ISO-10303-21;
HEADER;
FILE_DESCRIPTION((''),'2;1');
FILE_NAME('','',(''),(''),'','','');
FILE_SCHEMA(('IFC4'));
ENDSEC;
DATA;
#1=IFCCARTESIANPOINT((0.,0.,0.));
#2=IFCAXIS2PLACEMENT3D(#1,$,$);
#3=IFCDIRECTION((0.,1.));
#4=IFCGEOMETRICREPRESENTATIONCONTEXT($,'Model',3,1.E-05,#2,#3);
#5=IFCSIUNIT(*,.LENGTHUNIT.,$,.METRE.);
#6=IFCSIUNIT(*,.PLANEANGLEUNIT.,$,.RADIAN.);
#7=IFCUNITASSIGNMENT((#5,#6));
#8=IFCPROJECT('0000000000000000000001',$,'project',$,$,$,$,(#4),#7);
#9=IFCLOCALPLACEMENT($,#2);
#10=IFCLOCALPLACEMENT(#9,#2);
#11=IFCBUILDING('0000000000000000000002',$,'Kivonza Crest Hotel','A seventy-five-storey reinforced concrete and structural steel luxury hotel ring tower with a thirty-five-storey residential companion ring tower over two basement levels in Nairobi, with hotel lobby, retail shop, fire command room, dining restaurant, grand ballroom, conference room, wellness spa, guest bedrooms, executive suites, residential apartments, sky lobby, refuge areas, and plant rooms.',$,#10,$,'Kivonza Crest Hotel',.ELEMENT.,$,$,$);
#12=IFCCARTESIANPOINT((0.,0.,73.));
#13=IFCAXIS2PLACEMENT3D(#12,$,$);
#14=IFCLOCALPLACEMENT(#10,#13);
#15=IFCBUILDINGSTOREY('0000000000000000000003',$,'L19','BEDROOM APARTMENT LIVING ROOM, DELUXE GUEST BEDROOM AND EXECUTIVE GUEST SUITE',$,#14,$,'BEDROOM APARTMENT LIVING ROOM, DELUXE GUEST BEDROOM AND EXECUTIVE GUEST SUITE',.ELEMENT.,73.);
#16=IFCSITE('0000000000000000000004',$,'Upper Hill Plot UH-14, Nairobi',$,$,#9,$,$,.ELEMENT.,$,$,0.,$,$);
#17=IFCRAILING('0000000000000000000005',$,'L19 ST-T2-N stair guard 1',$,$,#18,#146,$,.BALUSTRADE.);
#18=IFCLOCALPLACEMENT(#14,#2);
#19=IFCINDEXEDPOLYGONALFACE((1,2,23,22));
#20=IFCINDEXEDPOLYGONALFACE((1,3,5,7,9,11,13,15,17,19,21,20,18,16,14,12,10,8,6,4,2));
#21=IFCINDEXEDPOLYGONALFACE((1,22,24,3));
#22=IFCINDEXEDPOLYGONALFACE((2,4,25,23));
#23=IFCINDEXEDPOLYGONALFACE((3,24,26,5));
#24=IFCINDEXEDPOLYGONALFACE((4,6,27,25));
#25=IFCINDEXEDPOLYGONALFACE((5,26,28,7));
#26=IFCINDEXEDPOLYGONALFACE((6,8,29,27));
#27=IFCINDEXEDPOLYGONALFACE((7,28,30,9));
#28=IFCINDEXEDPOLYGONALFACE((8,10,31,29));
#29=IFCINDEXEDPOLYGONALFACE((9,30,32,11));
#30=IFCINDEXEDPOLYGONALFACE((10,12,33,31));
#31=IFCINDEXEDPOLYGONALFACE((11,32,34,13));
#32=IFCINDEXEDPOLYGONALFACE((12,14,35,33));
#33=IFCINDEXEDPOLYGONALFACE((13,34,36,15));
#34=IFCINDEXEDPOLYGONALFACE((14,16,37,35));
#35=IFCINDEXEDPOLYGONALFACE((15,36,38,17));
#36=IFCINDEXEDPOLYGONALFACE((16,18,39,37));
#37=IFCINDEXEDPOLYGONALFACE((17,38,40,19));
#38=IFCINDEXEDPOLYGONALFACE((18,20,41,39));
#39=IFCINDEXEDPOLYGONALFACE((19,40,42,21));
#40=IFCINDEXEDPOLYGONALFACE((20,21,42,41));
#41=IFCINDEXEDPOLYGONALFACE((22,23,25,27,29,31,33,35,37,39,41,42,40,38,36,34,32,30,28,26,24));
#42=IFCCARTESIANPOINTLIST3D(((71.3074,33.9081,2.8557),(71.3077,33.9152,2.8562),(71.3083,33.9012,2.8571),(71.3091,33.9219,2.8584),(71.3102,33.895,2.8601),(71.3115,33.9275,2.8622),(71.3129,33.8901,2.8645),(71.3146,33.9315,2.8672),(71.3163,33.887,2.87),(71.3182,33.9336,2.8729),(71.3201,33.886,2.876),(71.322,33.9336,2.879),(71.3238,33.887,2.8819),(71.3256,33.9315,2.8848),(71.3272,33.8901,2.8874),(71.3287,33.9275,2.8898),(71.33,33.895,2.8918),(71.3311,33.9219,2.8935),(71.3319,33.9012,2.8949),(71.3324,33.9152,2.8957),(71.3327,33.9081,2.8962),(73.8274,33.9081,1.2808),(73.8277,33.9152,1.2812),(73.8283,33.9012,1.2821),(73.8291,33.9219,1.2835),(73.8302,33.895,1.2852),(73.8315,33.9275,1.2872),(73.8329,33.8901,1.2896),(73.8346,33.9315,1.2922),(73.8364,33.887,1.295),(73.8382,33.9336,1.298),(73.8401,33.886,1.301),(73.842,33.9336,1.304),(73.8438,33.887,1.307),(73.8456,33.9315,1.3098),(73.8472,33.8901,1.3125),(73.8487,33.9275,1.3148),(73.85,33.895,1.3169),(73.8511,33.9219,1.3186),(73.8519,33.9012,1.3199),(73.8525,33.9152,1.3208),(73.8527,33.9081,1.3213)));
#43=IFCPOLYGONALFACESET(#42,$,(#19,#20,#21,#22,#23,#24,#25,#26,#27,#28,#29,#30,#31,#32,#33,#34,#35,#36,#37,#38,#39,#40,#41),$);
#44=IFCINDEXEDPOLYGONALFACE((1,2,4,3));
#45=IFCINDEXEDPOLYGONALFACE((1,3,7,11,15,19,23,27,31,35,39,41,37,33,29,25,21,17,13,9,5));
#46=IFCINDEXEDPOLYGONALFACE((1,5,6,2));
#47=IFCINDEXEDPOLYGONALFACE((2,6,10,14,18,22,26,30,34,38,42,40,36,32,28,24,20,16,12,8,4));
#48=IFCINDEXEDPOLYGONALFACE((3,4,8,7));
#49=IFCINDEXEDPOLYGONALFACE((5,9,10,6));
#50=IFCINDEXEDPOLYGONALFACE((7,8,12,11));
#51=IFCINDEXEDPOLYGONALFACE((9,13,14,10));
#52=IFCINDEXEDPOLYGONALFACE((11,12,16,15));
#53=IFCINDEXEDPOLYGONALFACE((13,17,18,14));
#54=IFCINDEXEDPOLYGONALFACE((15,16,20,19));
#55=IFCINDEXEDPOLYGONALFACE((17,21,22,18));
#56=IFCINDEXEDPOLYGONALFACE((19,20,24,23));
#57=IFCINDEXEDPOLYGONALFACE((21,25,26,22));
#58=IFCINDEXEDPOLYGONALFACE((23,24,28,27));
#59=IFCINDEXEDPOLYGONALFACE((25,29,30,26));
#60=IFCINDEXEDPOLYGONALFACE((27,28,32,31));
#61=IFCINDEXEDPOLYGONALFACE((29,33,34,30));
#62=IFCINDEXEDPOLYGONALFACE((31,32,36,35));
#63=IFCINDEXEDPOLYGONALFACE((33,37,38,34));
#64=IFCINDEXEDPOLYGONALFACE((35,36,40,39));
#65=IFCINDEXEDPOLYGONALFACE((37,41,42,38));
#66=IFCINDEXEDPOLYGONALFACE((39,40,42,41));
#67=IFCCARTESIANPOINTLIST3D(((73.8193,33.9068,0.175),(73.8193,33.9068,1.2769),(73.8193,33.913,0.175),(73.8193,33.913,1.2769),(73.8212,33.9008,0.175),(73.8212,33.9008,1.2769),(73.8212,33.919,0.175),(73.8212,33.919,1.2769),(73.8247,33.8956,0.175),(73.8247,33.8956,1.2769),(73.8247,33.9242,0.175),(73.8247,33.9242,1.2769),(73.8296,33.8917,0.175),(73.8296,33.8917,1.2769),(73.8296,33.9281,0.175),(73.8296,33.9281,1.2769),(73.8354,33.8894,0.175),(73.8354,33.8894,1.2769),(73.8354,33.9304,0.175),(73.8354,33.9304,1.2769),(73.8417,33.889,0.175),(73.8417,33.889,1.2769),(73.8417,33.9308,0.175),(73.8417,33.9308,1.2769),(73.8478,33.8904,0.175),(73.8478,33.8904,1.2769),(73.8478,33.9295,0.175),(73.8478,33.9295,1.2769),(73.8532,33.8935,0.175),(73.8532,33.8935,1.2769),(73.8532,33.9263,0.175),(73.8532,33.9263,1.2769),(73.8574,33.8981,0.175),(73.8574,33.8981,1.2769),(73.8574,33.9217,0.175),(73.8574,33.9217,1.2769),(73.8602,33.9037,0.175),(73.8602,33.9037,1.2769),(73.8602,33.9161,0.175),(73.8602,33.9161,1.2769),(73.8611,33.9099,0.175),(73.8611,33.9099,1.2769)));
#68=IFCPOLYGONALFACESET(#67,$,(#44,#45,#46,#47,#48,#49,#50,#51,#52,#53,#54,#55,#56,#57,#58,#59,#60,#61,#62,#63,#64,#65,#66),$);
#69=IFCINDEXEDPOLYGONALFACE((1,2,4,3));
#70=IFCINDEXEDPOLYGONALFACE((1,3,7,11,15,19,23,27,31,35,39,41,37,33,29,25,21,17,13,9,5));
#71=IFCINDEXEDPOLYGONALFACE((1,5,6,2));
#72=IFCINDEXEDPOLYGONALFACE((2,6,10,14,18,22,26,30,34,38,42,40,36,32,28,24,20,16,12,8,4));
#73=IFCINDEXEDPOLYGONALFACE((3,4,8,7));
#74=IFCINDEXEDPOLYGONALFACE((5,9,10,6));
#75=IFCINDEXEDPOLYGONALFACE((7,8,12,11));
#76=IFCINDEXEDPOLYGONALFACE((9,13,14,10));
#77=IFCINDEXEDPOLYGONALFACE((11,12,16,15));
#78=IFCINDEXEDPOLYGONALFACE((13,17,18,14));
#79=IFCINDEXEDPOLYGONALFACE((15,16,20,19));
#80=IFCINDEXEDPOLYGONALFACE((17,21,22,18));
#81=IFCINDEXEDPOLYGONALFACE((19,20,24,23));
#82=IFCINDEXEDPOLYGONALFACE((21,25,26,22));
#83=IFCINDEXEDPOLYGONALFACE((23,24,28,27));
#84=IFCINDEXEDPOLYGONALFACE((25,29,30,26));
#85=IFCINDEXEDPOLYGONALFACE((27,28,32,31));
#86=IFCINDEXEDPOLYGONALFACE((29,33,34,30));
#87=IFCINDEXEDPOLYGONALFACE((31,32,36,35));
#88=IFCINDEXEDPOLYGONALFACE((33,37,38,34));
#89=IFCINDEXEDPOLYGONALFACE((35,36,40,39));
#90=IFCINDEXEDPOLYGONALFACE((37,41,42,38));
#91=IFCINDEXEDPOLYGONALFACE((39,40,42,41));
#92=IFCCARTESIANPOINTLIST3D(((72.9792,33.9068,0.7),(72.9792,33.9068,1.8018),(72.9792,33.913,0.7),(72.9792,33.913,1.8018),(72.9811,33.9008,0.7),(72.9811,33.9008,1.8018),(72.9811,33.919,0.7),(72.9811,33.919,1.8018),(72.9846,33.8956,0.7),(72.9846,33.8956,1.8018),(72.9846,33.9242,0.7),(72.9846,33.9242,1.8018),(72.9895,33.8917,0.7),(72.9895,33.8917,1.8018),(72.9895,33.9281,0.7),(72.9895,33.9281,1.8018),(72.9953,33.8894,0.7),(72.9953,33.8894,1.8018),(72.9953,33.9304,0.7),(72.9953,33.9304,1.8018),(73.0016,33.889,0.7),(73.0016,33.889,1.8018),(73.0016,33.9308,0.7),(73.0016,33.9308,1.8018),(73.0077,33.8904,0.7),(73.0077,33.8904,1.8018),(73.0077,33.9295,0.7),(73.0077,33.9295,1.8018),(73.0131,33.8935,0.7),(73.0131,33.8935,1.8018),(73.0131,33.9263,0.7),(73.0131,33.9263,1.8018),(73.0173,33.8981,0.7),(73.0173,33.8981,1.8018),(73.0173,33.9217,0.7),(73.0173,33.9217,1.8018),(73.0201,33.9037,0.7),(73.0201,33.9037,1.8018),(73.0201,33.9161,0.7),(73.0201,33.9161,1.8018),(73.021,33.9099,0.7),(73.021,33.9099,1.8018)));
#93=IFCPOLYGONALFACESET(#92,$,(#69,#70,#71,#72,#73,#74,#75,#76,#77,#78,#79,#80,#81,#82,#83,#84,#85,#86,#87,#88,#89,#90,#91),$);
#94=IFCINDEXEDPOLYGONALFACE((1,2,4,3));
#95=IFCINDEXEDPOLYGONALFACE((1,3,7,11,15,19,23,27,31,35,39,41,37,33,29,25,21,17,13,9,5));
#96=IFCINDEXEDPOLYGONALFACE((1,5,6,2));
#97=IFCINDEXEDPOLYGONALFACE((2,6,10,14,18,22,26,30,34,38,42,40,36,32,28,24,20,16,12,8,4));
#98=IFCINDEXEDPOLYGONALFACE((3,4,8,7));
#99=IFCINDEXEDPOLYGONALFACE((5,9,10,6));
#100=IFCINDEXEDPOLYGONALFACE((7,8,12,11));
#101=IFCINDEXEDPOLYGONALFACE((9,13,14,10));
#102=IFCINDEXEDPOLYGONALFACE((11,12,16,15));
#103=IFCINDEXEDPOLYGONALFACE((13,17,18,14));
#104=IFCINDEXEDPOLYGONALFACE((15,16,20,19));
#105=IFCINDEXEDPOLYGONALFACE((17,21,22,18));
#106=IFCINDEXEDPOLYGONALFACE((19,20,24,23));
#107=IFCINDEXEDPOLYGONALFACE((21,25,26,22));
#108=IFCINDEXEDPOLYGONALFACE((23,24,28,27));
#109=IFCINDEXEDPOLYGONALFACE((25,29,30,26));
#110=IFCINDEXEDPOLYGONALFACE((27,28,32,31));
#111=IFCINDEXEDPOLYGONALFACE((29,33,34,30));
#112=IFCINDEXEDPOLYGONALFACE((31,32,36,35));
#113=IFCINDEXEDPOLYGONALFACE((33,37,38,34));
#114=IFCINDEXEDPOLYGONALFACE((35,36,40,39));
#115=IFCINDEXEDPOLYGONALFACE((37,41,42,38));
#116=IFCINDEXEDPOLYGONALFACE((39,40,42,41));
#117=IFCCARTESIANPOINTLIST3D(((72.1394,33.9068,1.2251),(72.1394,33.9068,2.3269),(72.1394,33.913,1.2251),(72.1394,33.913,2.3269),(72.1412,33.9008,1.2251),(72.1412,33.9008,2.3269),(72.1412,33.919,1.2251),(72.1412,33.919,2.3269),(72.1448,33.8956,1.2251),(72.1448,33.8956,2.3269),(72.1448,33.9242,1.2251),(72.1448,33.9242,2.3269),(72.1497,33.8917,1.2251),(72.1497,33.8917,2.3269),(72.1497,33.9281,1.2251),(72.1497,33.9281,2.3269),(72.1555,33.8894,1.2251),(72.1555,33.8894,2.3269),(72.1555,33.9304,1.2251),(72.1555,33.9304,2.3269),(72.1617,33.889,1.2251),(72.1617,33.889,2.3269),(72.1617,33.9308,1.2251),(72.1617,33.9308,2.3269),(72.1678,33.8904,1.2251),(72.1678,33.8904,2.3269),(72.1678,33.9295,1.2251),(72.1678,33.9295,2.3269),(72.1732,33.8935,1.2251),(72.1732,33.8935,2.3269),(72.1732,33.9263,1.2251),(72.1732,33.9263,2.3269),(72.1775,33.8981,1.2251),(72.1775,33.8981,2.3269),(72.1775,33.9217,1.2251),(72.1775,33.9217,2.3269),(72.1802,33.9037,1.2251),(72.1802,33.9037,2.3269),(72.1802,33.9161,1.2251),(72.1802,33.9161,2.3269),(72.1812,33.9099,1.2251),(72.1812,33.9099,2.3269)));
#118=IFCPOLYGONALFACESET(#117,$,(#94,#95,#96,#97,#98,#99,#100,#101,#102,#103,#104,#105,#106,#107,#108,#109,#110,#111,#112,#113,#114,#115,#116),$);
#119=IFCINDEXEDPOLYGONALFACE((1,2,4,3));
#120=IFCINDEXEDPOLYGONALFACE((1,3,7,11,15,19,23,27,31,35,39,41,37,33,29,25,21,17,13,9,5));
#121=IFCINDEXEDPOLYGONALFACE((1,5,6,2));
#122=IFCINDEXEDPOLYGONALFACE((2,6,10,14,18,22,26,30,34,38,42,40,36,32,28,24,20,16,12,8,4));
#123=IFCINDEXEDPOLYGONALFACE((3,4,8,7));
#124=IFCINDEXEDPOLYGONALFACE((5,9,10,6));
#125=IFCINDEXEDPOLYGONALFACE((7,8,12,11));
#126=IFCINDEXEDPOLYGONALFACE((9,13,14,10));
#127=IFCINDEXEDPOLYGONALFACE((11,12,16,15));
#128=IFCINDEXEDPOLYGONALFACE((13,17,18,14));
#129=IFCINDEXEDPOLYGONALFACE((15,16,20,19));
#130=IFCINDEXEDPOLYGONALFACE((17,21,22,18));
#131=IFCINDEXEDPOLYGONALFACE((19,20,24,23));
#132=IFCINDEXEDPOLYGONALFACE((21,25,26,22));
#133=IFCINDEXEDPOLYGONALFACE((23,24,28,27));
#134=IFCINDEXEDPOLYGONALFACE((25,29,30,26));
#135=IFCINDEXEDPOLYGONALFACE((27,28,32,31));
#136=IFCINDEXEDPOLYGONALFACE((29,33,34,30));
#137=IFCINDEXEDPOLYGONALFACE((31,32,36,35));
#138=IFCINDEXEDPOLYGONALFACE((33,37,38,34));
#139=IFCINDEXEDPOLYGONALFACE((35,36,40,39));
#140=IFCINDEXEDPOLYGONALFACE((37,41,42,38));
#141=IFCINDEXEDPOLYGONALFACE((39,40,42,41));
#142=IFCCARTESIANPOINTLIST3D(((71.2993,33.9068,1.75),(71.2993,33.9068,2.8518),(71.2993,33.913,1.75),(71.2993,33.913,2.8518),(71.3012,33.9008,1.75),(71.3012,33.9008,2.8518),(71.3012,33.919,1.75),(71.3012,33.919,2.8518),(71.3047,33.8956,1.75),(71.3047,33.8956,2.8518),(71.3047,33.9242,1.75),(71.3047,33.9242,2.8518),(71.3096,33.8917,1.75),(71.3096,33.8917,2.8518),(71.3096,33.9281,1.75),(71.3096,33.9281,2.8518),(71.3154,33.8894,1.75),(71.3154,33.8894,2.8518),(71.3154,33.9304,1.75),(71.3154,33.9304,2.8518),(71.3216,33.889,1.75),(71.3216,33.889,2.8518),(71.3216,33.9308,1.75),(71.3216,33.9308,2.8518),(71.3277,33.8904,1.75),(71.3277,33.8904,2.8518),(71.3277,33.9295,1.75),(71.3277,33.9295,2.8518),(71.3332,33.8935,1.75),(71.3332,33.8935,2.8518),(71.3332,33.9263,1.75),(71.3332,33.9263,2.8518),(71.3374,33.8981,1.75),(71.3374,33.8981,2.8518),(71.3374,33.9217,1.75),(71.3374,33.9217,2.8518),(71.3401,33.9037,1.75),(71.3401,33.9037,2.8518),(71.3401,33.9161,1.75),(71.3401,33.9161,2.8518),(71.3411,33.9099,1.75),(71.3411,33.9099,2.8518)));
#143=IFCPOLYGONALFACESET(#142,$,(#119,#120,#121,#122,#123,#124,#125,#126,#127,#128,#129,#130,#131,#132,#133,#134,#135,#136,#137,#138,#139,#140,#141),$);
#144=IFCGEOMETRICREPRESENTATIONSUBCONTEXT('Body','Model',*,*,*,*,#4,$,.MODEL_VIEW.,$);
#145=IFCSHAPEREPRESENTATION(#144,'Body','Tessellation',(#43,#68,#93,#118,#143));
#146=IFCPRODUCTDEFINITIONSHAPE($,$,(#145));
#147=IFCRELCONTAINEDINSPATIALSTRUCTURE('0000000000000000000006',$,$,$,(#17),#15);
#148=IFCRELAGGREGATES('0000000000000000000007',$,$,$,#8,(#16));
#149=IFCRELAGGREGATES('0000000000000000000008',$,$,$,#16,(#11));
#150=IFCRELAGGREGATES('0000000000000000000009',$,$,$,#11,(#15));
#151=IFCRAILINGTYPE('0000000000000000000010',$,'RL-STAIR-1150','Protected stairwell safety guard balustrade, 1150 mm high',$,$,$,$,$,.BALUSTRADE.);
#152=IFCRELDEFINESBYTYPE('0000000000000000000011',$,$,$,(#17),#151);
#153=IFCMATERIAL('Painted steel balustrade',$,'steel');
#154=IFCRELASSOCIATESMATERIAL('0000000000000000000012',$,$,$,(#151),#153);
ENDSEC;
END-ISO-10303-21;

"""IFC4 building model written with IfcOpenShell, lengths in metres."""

from ifc_helpers import new_model, si_unit, direction, frame, origin, origin_2d, place, context, subcontext, project, spatial, circle, extrude, material, type_object, element, save


model = new_model("IFC4")

# Units and contexts
model_context = context("Model", 3, precision=1e-05, world=origin(), true_north=direction((0.0, 1.0)))
body_context = subcontext(model_context, "Body", "Model", "MODEL_VIEW")
ifc_project = project(units=[si_unit("LENGTHUNIT", "METRE"), si_unit("PLANEANGLEUNIT", "RADIAN")], contexts=[model_context])

# Site, building, storey
site_placement = place(None, origin())
site = spatial("IfcSite", under=ifc_project, at=site_placement, Name="Upper Hill Plot UH-14, Nairobi", CompositionType="ELEMENT", RefElevation=0.0)
building_placement = place(site_placement, origin())
building = spatial("IfcBuilding", under=site, at=building_placement, Name="Kivonza Crest Hotel", Description="A seventy-five-storey reinforced concrete and structural steel luxury hotel ring tower with a thirty-five-storey residential companion ring tower over two basement levels in Nairobi, with hotel lobby, retail shop, fire command room, dining restaurant, grand ballroom, conference room, wellness spa, guest bedrooms, executive suites, residential apartments, sky lobby, refuge areas, and plant rooms.", LongName="Kivonza Crest Hotel", CompositionType="ELEMENT")
storey_placement = place(building_placement, frame((0.0, 0.0, 73.0)))
storey = spatial("IfcBuildingStorey", under=building, at=storey_placement, Name="L19", Description="BEDROOM APARTMENT LIVING ROOM, DELUXE GUEST BEDROOM AND EXECUTIVE GUEST SUITE", LongName="BEDROOM APARTMENT LIVING ROOM, DELUXE GUEST BEDROOM AND EXECUTIVE GUEST SUITE", CompositionType="ELEMENT", Elevation=73.0)

# Railing
ifc_material_1 = material(Name="Painted steel balustrade", Category="steel")
railing_type_1 = type_object("IfcRailingType", Name="RL-STAIR-1150", Description="Protected stairwell safety guard balustrade, 1150 mm high", PredefinedType="BALUSTRADE", material=ifc_material_1)
railing_1_placement = place(storey_placement, frame((73.8401, 33.9099, 0.175)))
element("IfcRailing", 1, at=railing_1_placement, inside=storey, type_object=railing_type_1, Name="L19 ST-T2-N stair guard 1", PredefinedType="BALUSTRADE", context=body_context, shape_type="SweptSolid", body=[
    extrude(circle(Radius=0.0239, at=origin_2d()), frame((0.0, 0.0, 1.126), z_axis=(-0.848008, 0.0, 0.529984), x_axis=(0.0, -1.0, 0.0)), (0.0, 0.0, 1.0), 2.9717),
    extrude(circle(Radius=0.021, at=origin_2d()), origin(), (0.0, 0.0, 1.0), 1.1018),
    extrude(circle(Radius=0.021, at=origin_2d()), frame((-0.8401, 0.0, 0.5249)), (0.0, 0.0, 1.0), 1.1018),
    extrude(circle(Radius=0.021, at=origin_2d()), frame((-1.6799, 0.0, 1.05)), (0.0, 0.0, 1.0), 1.1018),
    extrude(circle(Radius=0.021, at=origin_2d()), frame((-2.52, 0.0, 1.575)), (0.0, 0.0, 1.0), 1.1018),
])

save(model, "model.ifc")
